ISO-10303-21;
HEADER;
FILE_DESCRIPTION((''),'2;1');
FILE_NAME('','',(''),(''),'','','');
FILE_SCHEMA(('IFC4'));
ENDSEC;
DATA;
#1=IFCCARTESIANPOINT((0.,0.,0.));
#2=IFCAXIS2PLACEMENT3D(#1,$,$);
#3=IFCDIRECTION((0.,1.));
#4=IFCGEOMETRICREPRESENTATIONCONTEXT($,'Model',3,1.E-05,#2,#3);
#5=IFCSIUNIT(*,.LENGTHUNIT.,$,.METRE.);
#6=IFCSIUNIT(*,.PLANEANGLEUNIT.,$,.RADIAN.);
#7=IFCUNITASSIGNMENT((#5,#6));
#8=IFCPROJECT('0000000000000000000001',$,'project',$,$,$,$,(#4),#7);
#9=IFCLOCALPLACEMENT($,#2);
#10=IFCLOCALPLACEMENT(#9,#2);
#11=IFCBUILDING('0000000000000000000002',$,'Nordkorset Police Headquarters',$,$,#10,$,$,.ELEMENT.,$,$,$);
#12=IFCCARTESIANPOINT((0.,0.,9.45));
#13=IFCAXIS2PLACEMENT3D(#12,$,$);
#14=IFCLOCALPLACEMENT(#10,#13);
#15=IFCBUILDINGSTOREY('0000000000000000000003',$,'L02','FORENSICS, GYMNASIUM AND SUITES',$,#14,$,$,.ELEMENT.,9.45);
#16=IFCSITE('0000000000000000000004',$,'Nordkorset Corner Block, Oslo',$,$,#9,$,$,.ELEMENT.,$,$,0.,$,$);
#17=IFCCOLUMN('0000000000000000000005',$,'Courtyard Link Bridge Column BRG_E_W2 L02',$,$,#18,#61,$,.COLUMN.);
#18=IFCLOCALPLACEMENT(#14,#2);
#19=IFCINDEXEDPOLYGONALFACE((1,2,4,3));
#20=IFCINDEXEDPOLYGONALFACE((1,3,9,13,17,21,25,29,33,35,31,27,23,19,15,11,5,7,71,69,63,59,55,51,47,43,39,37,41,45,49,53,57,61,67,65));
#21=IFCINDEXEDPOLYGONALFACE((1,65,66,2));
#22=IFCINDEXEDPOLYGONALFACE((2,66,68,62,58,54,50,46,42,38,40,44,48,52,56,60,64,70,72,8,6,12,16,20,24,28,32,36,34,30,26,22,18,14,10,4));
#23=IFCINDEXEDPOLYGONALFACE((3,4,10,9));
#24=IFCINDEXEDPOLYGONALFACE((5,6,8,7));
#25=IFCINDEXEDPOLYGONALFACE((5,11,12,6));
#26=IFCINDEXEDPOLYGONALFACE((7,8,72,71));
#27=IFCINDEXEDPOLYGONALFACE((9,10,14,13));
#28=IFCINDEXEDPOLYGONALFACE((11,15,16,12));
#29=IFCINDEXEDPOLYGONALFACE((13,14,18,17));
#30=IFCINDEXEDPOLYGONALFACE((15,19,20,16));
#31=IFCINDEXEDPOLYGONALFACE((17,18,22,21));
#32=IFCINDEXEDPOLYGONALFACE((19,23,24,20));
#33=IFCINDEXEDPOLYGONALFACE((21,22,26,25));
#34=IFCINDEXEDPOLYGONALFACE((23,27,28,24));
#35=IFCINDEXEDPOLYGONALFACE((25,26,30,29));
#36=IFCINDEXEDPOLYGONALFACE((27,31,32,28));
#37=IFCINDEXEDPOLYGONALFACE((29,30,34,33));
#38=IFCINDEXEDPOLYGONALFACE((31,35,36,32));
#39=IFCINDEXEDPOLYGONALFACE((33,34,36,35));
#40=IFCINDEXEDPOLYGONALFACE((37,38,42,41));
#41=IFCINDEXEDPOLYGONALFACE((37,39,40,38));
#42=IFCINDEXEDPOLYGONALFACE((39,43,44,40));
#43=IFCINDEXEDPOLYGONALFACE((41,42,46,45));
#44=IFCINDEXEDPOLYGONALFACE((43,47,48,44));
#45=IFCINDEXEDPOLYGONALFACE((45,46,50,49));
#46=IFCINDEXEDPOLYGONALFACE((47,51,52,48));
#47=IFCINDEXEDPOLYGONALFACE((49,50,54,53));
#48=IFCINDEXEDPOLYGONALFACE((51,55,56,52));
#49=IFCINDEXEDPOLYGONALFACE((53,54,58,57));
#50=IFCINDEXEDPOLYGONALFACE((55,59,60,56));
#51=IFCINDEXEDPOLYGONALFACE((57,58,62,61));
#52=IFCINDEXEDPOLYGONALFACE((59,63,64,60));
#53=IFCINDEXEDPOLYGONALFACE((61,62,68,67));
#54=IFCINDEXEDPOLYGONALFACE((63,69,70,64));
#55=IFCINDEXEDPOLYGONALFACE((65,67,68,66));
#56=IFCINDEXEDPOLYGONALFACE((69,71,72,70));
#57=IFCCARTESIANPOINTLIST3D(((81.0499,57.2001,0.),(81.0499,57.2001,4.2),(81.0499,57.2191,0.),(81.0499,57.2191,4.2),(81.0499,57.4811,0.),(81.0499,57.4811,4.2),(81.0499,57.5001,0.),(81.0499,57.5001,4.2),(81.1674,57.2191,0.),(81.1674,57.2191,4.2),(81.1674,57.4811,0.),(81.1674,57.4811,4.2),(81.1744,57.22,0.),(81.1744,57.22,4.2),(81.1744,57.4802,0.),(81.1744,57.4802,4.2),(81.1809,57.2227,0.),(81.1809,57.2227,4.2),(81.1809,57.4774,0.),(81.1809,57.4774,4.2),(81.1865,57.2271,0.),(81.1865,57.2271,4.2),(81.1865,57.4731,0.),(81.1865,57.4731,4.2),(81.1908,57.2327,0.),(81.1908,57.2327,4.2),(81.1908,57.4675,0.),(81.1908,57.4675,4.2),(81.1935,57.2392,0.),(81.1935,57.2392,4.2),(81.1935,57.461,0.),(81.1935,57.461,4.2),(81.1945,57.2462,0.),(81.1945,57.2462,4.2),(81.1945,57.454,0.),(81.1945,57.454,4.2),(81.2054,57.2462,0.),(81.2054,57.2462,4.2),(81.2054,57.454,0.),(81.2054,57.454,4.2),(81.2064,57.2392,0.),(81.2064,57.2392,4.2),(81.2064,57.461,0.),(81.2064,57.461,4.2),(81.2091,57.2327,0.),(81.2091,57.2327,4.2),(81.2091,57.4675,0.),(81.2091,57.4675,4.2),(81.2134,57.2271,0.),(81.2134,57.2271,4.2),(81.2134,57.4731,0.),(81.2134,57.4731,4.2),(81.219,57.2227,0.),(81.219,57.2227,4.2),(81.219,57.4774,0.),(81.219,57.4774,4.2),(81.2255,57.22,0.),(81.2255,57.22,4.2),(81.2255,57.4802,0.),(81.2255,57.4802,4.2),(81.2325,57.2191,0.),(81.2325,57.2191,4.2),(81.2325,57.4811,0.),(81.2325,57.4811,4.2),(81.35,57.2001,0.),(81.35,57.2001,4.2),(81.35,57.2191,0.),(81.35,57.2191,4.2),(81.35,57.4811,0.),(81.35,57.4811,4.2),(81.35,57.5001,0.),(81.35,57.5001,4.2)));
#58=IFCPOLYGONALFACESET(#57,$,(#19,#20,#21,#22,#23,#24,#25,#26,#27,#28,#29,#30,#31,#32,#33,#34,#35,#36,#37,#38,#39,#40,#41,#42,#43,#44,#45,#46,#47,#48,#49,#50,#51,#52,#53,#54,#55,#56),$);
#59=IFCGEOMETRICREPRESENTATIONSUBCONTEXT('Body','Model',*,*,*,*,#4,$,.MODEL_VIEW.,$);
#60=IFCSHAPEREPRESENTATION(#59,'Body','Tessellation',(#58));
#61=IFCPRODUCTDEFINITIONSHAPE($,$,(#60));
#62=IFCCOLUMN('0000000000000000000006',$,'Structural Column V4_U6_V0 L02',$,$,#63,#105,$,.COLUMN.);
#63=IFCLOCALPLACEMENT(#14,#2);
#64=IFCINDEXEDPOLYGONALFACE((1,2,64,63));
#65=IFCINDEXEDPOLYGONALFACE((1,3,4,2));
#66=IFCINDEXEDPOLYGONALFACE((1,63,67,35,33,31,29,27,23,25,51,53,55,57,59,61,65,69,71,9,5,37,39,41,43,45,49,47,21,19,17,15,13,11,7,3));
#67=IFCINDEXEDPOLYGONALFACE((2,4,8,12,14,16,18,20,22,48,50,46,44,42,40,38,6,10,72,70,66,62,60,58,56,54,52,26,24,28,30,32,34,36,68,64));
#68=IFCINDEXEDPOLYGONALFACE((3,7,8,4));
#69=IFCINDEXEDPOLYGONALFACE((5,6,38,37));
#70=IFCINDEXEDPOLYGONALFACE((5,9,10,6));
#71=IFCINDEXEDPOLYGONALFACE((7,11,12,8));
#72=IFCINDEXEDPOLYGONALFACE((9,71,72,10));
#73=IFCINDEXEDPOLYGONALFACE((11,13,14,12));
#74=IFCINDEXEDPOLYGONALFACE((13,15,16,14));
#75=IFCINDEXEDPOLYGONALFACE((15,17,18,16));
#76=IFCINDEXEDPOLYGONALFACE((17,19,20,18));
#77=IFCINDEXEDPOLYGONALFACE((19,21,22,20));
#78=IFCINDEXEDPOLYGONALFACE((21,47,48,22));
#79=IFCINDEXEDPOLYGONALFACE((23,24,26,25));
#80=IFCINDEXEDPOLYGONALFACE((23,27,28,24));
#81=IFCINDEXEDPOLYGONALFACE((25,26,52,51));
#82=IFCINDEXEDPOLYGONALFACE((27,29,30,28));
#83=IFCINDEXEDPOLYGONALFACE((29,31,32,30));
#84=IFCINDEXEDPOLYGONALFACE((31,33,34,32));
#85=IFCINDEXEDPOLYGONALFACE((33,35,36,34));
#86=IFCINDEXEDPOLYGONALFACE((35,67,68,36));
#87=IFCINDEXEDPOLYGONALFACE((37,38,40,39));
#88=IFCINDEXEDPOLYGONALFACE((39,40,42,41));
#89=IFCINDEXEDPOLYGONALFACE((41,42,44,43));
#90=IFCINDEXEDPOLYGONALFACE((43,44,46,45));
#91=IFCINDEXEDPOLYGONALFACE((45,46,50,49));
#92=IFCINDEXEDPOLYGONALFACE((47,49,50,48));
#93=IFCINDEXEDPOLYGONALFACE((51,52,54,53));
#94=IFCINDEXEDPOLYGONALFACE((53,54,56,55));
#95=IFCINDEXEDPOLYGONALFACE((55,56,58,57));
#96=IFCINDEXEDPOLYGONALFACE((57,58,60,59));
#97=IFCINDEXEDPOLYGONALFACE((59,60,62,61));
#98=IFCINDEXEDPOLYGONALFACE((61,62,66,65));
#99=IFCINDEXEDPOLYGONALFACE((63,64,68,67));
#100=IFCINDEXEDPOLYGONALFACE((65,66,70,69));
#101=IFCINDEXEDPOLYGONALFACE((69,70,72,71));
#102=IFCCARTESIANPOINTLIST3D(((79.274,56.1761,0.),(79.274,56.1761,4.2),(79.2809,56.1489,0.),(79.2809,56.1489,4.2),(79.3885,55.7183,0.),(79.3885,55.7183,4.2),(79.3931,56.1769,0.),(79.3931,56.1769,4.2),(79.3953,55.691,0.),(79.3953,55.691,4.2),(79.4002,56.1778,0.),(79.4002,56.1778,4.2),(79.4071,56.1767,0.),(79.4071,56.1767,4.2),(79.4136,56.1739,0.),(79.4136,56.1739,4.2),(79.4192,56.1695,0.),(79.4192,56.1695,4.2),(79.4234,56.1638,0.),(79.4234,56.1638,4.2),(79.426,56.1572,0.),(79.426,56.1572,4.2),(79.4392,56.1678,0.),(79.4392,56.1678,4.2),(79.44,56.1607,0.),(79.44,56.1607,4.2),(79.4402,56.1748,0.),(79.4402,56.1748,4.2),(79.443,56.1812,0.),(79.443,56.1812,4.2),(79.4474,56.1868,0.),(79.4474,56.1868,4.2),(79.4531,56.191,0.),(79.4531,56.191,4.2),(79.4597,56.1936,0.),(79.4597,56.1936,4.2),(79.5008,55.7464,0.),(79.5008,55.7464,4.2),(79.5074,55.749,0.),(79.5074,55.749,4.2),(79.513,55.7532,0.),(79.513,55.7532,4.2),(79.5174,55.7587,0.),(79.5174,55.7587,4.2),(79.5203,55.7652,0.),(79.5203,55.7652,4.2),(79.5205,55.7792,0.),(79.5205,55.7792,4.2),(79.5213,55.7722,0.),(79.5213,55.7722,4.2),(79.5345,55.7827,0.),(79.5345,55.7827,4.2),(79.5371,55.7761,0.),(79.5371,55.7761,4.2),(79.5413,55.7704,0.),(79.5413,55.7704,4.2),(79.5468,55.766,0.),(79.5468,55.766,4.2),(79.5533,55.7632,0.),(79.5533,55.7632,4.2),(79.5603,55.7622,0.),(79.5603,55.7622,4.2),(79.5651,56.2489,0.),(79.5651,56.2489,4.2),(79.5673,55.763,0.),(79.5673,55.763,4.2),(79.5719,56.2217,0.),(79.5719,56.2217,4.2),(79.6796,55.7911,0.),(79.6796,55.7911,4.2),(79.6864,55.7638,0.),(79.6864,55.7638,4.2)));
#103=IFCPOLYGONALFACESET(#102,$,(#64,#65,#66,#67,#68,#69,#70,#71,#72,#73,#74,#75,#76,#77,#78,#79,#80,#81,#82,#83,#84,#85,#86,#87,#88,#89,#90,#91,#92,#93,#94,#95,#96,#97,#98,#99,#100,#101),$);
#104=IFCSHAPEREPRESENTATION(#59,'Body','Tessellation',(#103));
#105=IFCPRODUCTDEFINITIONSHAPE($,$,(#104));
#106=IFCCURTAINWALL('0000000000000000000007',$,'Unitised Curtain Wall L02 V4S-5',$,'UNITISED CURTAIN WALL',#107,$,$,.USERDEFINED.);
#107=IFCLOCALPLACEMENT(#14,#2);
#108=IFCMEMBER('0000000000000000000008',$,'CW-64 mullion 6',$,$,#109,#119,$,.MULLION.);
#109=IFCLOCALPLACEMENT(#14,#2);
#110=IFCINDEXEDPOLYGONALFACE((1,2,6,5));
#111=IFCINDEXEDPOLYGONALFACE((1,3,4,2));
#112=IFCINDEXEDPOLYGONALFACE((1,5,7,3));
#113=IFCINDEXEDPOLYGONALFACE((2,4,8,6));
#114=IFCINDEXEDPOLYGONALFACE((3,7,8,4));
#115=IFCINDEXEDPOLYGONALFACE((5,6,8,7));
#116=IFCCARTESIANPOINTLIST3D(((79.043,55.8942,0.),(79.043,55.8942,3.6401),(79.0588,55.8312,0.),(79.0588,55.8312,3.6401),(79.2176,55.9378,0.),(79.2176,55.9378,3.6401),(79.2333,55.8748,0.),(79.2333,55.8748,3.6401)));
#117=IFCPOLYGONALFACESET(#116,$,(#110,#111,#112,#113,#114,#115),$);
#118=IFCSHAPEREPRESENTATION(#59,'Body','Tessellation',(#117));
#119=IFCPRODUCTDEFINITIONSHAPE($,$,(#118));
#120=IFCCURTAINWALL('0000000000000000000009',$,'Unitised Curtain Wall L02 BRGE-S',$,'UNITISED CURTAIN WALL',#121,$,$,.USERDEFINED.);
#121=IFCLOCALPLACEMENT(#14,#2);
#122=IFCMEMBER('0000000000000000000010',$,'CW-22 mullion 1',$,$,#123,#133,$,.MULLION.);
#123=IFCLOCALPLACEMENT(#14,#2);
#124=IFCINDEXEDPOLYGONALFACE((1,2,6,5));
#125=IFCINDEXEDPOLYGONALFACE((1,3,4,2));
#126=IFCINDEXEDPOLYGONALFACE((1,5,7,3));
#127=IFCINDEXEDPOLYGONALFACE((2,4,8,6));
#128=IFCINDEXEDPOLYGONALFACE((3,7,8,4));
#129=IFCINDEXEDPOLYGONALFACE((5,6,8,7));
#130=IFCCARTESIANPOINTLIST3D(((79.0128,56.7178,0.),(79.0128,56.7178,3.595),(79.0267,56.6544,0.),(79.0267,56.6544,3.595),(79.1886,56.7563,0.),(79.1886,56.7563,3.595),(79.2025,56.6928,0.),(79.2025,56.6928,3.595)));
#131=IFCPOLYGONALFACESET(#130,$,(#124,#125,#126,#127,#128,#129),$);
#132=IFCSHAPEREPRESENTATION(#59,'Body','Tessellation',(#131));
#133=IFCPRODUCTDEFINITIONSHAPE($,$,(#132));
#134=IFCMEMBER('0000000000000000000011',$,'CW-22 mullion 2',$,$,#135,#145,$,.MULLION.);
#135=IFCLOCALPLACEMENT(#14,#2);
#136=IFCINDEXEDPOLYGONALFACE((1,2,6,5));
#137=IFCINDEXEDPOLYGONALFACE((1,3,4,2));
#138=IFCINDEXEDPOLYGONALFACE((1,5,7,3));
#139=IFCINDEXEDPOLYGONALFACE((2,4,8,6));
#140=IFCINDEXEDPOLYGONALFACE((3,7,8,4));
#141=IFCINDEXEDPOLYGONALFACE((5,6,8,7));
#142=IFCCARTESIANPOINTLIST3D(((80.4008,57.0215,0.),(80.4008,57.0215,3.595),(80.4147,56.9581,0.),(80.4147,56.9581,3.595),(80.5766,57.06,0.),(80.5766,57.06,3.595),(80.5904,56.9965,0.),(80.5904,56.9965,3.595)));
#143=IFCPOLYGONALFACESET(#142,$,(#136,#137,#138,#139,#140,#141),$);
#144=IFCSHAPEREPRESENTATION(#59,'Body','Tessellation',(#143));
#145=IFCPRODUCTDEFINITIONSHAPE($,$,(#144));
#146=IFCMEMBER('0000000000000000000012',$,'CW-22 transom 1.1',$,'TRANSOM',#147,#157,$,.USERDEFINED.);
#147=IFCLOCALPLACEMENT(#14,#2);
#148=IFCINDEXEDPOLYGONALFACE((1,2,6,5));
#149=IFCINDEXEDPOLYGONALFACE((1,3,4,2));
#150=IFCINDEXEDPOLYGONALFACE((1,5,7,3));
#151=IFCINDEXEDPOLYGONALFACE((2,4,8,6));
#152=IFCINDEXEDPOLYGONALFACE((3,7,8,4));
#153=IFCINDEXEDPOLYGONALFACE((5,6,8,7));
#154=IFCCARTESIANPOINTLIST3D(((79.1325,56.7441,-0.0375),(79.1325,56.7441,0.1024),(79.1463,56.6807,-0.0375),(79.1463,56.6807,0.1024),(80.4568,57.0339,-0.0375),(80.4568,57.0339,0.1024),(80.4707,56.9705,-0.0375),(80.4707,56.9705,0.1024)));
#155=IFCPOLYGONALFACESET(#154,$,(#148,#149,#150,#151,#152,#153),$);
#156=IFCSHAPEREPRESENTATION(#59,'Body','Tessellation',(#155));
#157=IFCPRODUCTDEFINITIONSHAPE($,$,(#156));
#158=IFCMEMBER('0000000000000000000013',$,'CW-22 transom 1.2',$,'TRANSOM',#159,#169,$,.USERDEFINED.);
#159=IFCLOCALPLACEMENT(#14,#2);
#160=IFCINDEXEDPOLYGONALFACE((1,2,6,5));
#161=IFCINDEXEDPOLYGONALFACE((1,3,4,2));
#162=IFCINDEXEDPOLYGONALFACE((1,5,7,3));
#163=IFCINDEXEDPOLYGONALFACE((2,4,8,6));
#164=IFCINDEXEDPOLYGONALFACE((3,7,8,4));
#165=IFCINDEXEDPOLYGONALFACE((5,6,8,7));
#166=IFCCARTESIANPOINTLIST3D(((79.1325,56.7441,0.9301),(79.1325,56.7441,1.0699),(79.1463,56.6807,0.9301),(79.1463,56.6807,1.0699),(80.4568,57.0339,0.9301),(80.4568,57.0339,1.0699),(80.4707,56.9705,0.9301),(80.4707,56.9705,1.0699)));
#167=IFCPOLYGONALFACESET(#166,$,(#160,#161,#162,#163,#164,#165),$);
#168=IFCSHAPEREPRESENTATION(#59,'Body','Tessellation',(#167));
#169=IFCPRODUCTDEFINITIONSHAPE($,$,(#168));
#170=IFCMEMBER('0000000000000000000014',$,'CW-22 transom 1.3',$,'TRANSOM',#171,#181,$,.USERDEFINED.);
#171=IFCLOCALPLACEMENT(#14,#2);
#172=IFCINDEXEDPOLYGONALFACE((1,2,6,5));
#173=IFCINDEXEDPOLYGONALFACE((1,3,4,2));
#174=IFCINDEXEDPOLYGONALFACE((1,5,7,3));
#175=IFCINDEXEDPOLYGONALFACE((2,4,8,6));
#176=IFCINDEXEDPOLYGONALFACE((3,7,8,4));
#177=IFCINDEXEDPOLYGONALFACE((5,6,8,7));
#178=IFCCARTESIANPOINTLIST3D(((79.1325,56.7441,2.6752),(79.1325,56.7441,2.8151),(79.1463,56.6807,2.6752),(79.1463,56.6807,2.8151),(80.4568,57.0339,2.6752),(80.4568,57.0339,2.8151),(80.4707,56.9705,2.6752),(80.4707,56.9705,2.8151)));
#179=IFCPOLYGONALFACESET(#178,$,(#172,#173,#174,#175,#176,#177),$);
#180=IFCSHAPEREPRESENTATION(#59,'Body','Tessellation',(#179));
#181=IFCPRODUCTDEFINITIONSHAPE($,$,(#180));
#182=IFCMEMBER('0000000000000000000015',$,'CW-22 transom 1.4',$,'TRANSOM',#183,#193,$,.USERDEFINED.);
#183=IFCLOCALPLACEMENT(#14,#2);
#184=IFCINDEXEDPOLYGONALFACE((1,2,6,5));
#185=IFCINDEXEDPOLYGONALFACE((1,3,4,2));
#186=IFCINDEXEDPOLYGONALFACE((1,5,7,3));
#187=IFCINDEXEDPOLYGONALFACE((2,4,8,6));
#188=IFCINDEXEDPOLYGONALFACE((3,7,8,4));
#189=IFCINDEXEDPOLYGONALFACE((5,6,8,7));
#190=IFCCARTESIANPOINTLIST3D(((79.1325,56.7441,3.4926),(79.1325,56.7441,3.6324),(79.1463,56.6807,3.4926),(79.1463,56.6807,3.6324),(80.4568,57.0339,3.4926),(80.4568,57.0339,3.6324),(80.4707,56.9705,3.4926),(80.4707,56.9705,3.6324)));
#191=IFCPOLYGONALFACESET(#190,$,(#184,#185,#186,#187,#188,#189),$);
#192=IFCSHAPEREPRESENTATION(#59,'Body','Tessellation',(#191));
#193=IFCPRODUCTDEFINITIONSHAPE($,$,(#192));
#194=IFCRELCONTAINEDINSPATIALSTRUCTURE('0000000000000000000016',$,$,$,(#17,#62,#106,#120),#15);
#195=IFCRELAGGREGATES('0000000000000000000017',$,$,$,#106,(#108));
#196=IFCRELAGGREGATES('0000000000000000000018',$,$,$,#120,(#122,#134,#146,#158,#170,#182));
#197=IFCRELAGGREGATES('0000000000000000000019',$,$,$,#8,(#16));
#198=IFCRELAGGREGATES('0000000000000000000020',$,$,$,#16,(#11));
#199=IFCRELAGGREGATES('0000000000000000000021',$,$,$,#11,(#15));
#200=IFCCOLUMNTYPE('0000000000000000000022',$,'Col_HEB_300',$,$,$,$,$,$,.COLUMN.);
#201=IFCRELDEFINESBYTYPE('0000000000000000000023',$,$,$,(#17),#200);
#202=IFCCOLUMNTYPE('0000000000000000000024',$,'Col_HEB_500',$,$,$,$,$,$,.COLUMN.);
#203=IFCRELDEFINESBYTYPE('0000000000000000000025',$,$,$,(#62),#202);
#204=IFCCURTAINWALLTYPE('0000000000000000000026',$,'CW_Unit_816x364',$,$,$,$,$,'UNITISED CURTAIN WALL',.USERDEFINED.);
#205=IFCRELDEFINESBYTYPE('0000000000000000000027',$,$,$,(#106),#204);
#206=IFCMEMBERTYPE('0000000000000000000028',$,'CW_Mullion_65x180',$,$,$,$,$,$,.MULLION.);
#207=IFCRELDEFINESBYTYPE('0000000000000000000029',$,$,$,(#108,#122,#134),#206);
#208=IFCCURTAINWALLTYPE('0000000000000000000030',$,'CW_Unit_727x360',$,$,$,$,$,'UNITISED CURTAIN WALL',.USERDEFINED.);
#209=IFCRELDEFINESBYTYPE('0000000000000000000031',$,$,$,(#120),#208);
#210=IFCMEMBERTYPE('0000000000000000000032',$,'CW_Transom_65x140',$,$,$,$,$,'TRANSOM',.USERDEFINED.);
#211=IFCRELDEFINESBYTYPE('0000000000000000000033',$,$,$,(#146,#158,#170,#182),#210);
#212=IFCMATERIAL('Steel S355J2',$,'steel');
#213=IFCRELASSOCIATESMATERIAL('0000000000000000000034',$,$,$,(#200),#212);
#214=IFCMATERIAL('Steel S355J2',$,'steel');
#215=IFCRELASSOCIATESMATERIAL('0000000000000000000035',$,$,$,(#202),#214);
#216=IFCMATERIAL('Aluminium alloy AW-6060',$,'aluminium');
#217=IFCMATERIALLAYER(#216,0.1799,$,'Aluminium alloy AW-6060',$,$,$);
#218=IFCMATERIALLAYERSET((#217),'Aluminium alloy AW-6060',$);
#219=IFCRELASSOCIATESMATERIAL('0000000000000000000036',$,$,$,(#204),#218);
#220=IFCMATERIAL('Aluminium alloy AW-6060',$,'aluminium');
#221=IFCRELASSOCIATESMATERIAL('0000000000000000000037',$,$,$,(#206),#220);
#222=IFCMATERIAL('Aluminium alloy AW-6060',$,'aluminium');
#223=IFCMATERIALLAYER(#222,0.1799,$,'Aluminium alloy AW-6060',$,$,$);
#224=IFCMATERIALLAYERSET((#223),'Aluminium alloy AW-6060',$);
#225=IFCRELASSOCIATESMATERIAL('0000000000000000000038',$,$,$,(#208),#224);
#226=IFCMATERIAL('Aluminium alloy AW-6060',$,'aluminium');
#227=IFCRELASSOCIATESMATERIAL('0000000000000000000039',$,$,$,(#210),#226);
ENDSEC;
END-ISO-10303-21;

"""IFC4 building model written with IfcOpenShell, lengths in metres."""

from ifc_helpers import new_model, si_unit, direction, frame, origin, origin_2d, place, context, subcontext, project, spatial, rectangle, i_section, extrude, material, layer, layer_set, material_profile, profile_set, type_object, element, aggregate, save


model = new_model("IFC4")

# Units and contexts
model_context = context("Model", 3, precision=1e-05, world=origin(), true_north=direction((0.0, 1.0)))
body_context = subcontext(model_context, "Body", "Model", "MODEL_VIEW")
ifc_project = project(units=[si_unit("LENGTHUNIT", "METRE"), si_unit("PLANEANGLEUNIT", "RADIAN")], contexts=[model_context])

# Site, building, storey
site_placement = place(None, origin())
site = spatial("IfcSite", under=ifc_project, at=site_placement, Name="Nordkorset Corner Block, Oslo", CompositionType="ELEMENT", RefElevation=0.0)
building_placement = place(site_placement, origin())
building = spatial("IfcBuilding", under=site, at=building_placement, Name="Nordkorset Police Headquarters", CompositionType="ELEMENT")
storey_placement = place(building_placement, frame((0.0, 0.0, 9.45)))
storey = spatial("IfcBuildingStorey", under=building, at=storey_placement, Name="L02", Description="FORENSICS, GYMNASIUM AND SUITES", CompositionType="ELEMENT", Elevation=9.45)

# Columns
ifc_material_1 = material(Name="Steel S355J2", Category="steel")
ifc_material_profile_1 = material_profile(ifc_material_1, i_section(OverallWidth=0.3, OverallDepth=0.3, WebThickness=0.011, FlangeThickness=0.019, FilletRadius=0.0271, at=origin_2d()), Name="HEB 300")
ifc_profile_set_1 = profile_set([ifc_material_profile_1], Name="Steel S355J2")
column_type_1 = type_object("IfcColumnType", Name="Col_HEB_300", PredefinedType="COLUMN", material=ifc_profile_set_1)
column_1_placement = place(storey_placement, frame((81.2, 57.3501, 0.0), z_axis=(0.0, 0.0, 1.0), x_axis=(1.0, 0.0, 0.0)))
element("IfcColumn", 1, at=column_1_placement, inside=storey, type_object=column_type_1, Name="Courtyard Link Bridge Column BRG_E_W2 L02", PredefinedType="COLUMN", context=body_context, shape_type="SweptSolid", body=[
    extrude(i_section(OverallWidth=0.3, OverallDepth=0.3, WebThickness=0.011, FlangeThickness=0.019, FilletRadius=0.0271, at=origin_2d()), origin(), (0.0, 0.0, 1.0), 4.2),
])
ifc_material_2 = material(Name="Steel S355J2", Category="steel")
ifc_material_profile_2 = material_profile(ifc_material_2, i_section(OverallWidth=0.3, OverallDepth=0.5, WebThickness=0.0144, FlangeThickness=0.0281, FilletRadius=0.0271, at=origin_2d()), Name="HEB 500")
ifc_profile_set_2 = profile_set([ifc_material_profile_2], Name="Steel S355J2")
column_type_2 = type_object("IfcColumnType", Name="Col_HEB_500", PredefinedType="COLUMN", material=ifc_profile_set_2)
column_2_placement = place(storey_placement, frame((79.4802, 55.97, 0.0), z_axis=(0.0, 0.0, 1.0), x_axis=(0.970143, 0.242536, 0.0)))
element("IfcColumn", 2, at=column_2_placement, inside=storey, type_object=column_type_2, Name="Structural Column V4_U6_V0 L02", PredefinedType="COLUMN", context=body_context, shape_type="SweptSolid", body=[
    extrude(i_section(OverallWidth=0.3, OverallDepth=0.5, WebThickness=0.0144, FlangeThickness=0.0281, FilletRadius=0.0271, at=origin_2d()), origin(), (0.0, 0.0, 1.0), 4.2),
])

# Curtain wall, member
ifc_material_3 = material(Name="Aluminium alloy AW-6060", Category="aluminium")
ifc_layer_1 = layer(ifc_material_3, 0.1799, Name="Aluminium alloy AW-6060")
ifc_layer_set_1 = layer_set([ifc_layer_1], Name="Aluminium alloy AW-6060")
curtain_wall_type_1 = type_object("IfcCurtainWallType", Name="CW_Unit_816x364", ElementType="UNITISED CURTAIN WALL", PredefinedType="USERDEFINED", material=ifc_layer_set_1)
curtain_wall_1_placement = place(storey_placement, origin())
curtain_wall_1 = element("IfcCurtainWall", 3, at=curtain_wall_1_placement, inside=storey, type_object=curtain_wall_type_1, Name="Unitised Curtain Wall L02 V4S-5", ObjectType="UNITISED CURTAIN WALL", PredefinedType="USERDEFINED")
ifc_material_4 = material(Name="Aluminium alloy AW-6060", Category="aluminium")
ifc_material_profile_3 = material_profile(ifc_material_4, rectangle(XDim=0.0649, YDim=0.1799, at=origin_2d()), Name="ALU MULL 65x180")
ifc_profile_set_3 = profile_set([ifc_material_profile_3], Name="Aluminium alloy AW-6060")
member_type_1 = type_object("IfcMemberType", Name="CW_Mullion_65x180", PredefinedType="MULLION", material=ifc_profile_set_3)
member_1_placement = place(storey_placement, frame((79.1382, 55.8845, 0.0), z_axis=(0.0, 0.0, 1.0), x_axis=(-0.242536, 0.970143, 0.0)))
member_1 = element("IfcMember", 4, at=member_1_placement, type_object=member_type_1, Name="CW-64 mullion 6", PredefinedType="MULLION", context=body_context, shape_type="SweptSolid", body=[
    extrude(rectangle(XDim=0.0649, YDim=0.1799, at=origin_2d()), origin(), (0.0, 0.0, 1.0), 3.6401),
])

# Curtain wall, members
ifc_material_5 = material(Name="Aluminium alloy AW-6060", Category="aluminium")
ifc_layer_2 = layer(ifc_material_5, 0.1799, Name="Aluminium alloy AW-6060")
ifc_layer_set_2 = layer_set([ifc_layer_2], Name="Aluminium alloy AW-6060")
curtain_wall_type_2 = type_object("IfcCurtainWallType", Name="CW_Unit_727x360", ElementType="UNITISED CURTAIN WALL", PredefinedType="USERDEFINED", material=ifc_layer_set_2)
curtain_wall_2_placement = place(storey_placement, origin())
curtain_wall_2 = element("IfcCurtainWall", 5, at=curtain_wall_2_placement, inside=storey, type_object=curtain_wall_type_2, Name="Unitised Curtain Wall L02 BRGE-S", ObjectType="UNITISED CURTAIN WALL", PredefinedType="USERDEFINED")
member_2_placement = place(storey_placement, frame((79.1077, 56.7053, 0.0), z_axis=(0.0, 0.0, 1.0), x_axis=(-0.213737, 0.976891, 0.0)))
member_2 = element("IfcMember", 6, at=member_2_placement, type_object=member_type_1, Name="CW-22 mullion 1", PredefinedType="MULLION", context=body_context, shape_type="SweptSolid", body=[
    extrude(rectangle(XDim=0.0649, YDim=0.1799, at=origin_2d()), origin(), (0.0, 0.0, 1.0), 3.595),
])
member_3_placement = place(storey_placement, frame((80.4956, 57.009, 0.0), z_axis=(0.0, 0.0, 1.0), x_axis=(-0.213737, 0.976891, 0.0)))
member_3 = element("IfcMember", 7, at=member_3_placement, type_object=member_type_1, Name="CW-22 mullion 2", PredefinedType="MULLION", context=body_context, shape_type="SweptSolid", body=[
    extrude(rectangle(XDim=0.0649, YDim=0.1799, at=origin_2d()), origin(), (0.0, 0.0, 1.0), 3.595),
])
ifc_material_6 = material(Name="Aluminium alloy AW-6060", Category="aluminium")
ifc_material_profile_4 = material_profile(ifc_material_6, rectangle(XDim=0.0649, YDim=0.1399, at=origin_2d()), Name="ALU TRAN 65x140")
ifc_profile_set_4 = profile_set([ifc_material_profile_4], Name="Aluminium alloy AW-6060")
member_type_2 = type_object("IfcMemberType", Name="CW_Transom_65x140", ElementType="TRANSOM", PredefinedType="USERDEFINED", material=ifc_profile_set_4)
member_4_placement = place(storey_placement, frame((79.1394, 56.7124, 0.0325), z_axis=(0.976889, 0.213745, 0.0), x_axis=(-0.213745, 0.976889, 0.0)))
member_4 = element("IfcMember", 8, at=member_4_placement, type_object=member_type_2, Name="CW-22 transom 1.1", ObjectType="TRANSOM", PredefinedType="USERDEFINED", context=body_context, shape_type="SweptSolid", body=[
    extrude(rectangle(XDim=0.0649, YDim=0.1399, at=origin_2d()), origin(), (0.0, 0.0, 1.0), 1.3557),
])
member_5_placement = place(storey_placement, frame((79.1394, 56.7124, 1.0), z_axis=(0.976889, 0.213745, 0.0), x_axis=(-0.213745, 0.976889, 0.0)))
member_5 = element("IfcMember", 9, at=member_5_placement, type_object=member_type_2, Name="CW-22 transom 1.2", ObjectType="TRANSOM", PredefinedType="USERDEFINED", context=body_context, shape_type="SweptSolid", body=[
    extrude(rectangle(XDim=0.0649, YDim=0.1399, at=origin_2d()), origin(), (0.0, 0.0, 1.0), 1.3557),
])
member_6_placement = place(storey_placement, frame((79.1394, 56.7124, 2.7451), z_axis=(0.976889, 0.213745, 0.0), x_axis=(-0.213745, 0.976889, 0.0)))
member_6 = element("IfcMember", 10, at=member_6_placement, type_object=member_type_2, Name="CW-22 transom 1.3", ObjectType="TRANSOM", PredefinedType="USERDEFINED", context=body_context, shape_type="SweptSolid", body=[
    extrude(rectangle(XDim=0.0649, YDim=0.1399, at=origin_2d()), origin(), (0.0, 0.0, 1.0), 1.3557),
])
member_7_placement = place(storey_placement, frame((79.1394, 56.7124, 3.5625), z_axis=(0.976889, 0.213745, 0.0), x_axis=(-0.213745, 0.976889, 0.0)))
member_7 = element("IfcMember", 11, at=member_7_placement, type_object=member_type_2, Name="CW-22 transom 1.4", ObjectType="TRANSOM", PredefinedType="USERDEFINED", context=body_context, shape_type="SweptSolid", body=[
    extrude(rectangle(XDim=0.0649, YDim=0.1399, at=origin_2d()), origin(), (0.0, 0.0, 1.0), 1.3557),
])

aggregate(curtain_wall_1, [member_1])
aggregate(curtain_wall_2, [member_2, member_3, member_4, member_5, member_6, member_7])

save(model, "model.ifc")
